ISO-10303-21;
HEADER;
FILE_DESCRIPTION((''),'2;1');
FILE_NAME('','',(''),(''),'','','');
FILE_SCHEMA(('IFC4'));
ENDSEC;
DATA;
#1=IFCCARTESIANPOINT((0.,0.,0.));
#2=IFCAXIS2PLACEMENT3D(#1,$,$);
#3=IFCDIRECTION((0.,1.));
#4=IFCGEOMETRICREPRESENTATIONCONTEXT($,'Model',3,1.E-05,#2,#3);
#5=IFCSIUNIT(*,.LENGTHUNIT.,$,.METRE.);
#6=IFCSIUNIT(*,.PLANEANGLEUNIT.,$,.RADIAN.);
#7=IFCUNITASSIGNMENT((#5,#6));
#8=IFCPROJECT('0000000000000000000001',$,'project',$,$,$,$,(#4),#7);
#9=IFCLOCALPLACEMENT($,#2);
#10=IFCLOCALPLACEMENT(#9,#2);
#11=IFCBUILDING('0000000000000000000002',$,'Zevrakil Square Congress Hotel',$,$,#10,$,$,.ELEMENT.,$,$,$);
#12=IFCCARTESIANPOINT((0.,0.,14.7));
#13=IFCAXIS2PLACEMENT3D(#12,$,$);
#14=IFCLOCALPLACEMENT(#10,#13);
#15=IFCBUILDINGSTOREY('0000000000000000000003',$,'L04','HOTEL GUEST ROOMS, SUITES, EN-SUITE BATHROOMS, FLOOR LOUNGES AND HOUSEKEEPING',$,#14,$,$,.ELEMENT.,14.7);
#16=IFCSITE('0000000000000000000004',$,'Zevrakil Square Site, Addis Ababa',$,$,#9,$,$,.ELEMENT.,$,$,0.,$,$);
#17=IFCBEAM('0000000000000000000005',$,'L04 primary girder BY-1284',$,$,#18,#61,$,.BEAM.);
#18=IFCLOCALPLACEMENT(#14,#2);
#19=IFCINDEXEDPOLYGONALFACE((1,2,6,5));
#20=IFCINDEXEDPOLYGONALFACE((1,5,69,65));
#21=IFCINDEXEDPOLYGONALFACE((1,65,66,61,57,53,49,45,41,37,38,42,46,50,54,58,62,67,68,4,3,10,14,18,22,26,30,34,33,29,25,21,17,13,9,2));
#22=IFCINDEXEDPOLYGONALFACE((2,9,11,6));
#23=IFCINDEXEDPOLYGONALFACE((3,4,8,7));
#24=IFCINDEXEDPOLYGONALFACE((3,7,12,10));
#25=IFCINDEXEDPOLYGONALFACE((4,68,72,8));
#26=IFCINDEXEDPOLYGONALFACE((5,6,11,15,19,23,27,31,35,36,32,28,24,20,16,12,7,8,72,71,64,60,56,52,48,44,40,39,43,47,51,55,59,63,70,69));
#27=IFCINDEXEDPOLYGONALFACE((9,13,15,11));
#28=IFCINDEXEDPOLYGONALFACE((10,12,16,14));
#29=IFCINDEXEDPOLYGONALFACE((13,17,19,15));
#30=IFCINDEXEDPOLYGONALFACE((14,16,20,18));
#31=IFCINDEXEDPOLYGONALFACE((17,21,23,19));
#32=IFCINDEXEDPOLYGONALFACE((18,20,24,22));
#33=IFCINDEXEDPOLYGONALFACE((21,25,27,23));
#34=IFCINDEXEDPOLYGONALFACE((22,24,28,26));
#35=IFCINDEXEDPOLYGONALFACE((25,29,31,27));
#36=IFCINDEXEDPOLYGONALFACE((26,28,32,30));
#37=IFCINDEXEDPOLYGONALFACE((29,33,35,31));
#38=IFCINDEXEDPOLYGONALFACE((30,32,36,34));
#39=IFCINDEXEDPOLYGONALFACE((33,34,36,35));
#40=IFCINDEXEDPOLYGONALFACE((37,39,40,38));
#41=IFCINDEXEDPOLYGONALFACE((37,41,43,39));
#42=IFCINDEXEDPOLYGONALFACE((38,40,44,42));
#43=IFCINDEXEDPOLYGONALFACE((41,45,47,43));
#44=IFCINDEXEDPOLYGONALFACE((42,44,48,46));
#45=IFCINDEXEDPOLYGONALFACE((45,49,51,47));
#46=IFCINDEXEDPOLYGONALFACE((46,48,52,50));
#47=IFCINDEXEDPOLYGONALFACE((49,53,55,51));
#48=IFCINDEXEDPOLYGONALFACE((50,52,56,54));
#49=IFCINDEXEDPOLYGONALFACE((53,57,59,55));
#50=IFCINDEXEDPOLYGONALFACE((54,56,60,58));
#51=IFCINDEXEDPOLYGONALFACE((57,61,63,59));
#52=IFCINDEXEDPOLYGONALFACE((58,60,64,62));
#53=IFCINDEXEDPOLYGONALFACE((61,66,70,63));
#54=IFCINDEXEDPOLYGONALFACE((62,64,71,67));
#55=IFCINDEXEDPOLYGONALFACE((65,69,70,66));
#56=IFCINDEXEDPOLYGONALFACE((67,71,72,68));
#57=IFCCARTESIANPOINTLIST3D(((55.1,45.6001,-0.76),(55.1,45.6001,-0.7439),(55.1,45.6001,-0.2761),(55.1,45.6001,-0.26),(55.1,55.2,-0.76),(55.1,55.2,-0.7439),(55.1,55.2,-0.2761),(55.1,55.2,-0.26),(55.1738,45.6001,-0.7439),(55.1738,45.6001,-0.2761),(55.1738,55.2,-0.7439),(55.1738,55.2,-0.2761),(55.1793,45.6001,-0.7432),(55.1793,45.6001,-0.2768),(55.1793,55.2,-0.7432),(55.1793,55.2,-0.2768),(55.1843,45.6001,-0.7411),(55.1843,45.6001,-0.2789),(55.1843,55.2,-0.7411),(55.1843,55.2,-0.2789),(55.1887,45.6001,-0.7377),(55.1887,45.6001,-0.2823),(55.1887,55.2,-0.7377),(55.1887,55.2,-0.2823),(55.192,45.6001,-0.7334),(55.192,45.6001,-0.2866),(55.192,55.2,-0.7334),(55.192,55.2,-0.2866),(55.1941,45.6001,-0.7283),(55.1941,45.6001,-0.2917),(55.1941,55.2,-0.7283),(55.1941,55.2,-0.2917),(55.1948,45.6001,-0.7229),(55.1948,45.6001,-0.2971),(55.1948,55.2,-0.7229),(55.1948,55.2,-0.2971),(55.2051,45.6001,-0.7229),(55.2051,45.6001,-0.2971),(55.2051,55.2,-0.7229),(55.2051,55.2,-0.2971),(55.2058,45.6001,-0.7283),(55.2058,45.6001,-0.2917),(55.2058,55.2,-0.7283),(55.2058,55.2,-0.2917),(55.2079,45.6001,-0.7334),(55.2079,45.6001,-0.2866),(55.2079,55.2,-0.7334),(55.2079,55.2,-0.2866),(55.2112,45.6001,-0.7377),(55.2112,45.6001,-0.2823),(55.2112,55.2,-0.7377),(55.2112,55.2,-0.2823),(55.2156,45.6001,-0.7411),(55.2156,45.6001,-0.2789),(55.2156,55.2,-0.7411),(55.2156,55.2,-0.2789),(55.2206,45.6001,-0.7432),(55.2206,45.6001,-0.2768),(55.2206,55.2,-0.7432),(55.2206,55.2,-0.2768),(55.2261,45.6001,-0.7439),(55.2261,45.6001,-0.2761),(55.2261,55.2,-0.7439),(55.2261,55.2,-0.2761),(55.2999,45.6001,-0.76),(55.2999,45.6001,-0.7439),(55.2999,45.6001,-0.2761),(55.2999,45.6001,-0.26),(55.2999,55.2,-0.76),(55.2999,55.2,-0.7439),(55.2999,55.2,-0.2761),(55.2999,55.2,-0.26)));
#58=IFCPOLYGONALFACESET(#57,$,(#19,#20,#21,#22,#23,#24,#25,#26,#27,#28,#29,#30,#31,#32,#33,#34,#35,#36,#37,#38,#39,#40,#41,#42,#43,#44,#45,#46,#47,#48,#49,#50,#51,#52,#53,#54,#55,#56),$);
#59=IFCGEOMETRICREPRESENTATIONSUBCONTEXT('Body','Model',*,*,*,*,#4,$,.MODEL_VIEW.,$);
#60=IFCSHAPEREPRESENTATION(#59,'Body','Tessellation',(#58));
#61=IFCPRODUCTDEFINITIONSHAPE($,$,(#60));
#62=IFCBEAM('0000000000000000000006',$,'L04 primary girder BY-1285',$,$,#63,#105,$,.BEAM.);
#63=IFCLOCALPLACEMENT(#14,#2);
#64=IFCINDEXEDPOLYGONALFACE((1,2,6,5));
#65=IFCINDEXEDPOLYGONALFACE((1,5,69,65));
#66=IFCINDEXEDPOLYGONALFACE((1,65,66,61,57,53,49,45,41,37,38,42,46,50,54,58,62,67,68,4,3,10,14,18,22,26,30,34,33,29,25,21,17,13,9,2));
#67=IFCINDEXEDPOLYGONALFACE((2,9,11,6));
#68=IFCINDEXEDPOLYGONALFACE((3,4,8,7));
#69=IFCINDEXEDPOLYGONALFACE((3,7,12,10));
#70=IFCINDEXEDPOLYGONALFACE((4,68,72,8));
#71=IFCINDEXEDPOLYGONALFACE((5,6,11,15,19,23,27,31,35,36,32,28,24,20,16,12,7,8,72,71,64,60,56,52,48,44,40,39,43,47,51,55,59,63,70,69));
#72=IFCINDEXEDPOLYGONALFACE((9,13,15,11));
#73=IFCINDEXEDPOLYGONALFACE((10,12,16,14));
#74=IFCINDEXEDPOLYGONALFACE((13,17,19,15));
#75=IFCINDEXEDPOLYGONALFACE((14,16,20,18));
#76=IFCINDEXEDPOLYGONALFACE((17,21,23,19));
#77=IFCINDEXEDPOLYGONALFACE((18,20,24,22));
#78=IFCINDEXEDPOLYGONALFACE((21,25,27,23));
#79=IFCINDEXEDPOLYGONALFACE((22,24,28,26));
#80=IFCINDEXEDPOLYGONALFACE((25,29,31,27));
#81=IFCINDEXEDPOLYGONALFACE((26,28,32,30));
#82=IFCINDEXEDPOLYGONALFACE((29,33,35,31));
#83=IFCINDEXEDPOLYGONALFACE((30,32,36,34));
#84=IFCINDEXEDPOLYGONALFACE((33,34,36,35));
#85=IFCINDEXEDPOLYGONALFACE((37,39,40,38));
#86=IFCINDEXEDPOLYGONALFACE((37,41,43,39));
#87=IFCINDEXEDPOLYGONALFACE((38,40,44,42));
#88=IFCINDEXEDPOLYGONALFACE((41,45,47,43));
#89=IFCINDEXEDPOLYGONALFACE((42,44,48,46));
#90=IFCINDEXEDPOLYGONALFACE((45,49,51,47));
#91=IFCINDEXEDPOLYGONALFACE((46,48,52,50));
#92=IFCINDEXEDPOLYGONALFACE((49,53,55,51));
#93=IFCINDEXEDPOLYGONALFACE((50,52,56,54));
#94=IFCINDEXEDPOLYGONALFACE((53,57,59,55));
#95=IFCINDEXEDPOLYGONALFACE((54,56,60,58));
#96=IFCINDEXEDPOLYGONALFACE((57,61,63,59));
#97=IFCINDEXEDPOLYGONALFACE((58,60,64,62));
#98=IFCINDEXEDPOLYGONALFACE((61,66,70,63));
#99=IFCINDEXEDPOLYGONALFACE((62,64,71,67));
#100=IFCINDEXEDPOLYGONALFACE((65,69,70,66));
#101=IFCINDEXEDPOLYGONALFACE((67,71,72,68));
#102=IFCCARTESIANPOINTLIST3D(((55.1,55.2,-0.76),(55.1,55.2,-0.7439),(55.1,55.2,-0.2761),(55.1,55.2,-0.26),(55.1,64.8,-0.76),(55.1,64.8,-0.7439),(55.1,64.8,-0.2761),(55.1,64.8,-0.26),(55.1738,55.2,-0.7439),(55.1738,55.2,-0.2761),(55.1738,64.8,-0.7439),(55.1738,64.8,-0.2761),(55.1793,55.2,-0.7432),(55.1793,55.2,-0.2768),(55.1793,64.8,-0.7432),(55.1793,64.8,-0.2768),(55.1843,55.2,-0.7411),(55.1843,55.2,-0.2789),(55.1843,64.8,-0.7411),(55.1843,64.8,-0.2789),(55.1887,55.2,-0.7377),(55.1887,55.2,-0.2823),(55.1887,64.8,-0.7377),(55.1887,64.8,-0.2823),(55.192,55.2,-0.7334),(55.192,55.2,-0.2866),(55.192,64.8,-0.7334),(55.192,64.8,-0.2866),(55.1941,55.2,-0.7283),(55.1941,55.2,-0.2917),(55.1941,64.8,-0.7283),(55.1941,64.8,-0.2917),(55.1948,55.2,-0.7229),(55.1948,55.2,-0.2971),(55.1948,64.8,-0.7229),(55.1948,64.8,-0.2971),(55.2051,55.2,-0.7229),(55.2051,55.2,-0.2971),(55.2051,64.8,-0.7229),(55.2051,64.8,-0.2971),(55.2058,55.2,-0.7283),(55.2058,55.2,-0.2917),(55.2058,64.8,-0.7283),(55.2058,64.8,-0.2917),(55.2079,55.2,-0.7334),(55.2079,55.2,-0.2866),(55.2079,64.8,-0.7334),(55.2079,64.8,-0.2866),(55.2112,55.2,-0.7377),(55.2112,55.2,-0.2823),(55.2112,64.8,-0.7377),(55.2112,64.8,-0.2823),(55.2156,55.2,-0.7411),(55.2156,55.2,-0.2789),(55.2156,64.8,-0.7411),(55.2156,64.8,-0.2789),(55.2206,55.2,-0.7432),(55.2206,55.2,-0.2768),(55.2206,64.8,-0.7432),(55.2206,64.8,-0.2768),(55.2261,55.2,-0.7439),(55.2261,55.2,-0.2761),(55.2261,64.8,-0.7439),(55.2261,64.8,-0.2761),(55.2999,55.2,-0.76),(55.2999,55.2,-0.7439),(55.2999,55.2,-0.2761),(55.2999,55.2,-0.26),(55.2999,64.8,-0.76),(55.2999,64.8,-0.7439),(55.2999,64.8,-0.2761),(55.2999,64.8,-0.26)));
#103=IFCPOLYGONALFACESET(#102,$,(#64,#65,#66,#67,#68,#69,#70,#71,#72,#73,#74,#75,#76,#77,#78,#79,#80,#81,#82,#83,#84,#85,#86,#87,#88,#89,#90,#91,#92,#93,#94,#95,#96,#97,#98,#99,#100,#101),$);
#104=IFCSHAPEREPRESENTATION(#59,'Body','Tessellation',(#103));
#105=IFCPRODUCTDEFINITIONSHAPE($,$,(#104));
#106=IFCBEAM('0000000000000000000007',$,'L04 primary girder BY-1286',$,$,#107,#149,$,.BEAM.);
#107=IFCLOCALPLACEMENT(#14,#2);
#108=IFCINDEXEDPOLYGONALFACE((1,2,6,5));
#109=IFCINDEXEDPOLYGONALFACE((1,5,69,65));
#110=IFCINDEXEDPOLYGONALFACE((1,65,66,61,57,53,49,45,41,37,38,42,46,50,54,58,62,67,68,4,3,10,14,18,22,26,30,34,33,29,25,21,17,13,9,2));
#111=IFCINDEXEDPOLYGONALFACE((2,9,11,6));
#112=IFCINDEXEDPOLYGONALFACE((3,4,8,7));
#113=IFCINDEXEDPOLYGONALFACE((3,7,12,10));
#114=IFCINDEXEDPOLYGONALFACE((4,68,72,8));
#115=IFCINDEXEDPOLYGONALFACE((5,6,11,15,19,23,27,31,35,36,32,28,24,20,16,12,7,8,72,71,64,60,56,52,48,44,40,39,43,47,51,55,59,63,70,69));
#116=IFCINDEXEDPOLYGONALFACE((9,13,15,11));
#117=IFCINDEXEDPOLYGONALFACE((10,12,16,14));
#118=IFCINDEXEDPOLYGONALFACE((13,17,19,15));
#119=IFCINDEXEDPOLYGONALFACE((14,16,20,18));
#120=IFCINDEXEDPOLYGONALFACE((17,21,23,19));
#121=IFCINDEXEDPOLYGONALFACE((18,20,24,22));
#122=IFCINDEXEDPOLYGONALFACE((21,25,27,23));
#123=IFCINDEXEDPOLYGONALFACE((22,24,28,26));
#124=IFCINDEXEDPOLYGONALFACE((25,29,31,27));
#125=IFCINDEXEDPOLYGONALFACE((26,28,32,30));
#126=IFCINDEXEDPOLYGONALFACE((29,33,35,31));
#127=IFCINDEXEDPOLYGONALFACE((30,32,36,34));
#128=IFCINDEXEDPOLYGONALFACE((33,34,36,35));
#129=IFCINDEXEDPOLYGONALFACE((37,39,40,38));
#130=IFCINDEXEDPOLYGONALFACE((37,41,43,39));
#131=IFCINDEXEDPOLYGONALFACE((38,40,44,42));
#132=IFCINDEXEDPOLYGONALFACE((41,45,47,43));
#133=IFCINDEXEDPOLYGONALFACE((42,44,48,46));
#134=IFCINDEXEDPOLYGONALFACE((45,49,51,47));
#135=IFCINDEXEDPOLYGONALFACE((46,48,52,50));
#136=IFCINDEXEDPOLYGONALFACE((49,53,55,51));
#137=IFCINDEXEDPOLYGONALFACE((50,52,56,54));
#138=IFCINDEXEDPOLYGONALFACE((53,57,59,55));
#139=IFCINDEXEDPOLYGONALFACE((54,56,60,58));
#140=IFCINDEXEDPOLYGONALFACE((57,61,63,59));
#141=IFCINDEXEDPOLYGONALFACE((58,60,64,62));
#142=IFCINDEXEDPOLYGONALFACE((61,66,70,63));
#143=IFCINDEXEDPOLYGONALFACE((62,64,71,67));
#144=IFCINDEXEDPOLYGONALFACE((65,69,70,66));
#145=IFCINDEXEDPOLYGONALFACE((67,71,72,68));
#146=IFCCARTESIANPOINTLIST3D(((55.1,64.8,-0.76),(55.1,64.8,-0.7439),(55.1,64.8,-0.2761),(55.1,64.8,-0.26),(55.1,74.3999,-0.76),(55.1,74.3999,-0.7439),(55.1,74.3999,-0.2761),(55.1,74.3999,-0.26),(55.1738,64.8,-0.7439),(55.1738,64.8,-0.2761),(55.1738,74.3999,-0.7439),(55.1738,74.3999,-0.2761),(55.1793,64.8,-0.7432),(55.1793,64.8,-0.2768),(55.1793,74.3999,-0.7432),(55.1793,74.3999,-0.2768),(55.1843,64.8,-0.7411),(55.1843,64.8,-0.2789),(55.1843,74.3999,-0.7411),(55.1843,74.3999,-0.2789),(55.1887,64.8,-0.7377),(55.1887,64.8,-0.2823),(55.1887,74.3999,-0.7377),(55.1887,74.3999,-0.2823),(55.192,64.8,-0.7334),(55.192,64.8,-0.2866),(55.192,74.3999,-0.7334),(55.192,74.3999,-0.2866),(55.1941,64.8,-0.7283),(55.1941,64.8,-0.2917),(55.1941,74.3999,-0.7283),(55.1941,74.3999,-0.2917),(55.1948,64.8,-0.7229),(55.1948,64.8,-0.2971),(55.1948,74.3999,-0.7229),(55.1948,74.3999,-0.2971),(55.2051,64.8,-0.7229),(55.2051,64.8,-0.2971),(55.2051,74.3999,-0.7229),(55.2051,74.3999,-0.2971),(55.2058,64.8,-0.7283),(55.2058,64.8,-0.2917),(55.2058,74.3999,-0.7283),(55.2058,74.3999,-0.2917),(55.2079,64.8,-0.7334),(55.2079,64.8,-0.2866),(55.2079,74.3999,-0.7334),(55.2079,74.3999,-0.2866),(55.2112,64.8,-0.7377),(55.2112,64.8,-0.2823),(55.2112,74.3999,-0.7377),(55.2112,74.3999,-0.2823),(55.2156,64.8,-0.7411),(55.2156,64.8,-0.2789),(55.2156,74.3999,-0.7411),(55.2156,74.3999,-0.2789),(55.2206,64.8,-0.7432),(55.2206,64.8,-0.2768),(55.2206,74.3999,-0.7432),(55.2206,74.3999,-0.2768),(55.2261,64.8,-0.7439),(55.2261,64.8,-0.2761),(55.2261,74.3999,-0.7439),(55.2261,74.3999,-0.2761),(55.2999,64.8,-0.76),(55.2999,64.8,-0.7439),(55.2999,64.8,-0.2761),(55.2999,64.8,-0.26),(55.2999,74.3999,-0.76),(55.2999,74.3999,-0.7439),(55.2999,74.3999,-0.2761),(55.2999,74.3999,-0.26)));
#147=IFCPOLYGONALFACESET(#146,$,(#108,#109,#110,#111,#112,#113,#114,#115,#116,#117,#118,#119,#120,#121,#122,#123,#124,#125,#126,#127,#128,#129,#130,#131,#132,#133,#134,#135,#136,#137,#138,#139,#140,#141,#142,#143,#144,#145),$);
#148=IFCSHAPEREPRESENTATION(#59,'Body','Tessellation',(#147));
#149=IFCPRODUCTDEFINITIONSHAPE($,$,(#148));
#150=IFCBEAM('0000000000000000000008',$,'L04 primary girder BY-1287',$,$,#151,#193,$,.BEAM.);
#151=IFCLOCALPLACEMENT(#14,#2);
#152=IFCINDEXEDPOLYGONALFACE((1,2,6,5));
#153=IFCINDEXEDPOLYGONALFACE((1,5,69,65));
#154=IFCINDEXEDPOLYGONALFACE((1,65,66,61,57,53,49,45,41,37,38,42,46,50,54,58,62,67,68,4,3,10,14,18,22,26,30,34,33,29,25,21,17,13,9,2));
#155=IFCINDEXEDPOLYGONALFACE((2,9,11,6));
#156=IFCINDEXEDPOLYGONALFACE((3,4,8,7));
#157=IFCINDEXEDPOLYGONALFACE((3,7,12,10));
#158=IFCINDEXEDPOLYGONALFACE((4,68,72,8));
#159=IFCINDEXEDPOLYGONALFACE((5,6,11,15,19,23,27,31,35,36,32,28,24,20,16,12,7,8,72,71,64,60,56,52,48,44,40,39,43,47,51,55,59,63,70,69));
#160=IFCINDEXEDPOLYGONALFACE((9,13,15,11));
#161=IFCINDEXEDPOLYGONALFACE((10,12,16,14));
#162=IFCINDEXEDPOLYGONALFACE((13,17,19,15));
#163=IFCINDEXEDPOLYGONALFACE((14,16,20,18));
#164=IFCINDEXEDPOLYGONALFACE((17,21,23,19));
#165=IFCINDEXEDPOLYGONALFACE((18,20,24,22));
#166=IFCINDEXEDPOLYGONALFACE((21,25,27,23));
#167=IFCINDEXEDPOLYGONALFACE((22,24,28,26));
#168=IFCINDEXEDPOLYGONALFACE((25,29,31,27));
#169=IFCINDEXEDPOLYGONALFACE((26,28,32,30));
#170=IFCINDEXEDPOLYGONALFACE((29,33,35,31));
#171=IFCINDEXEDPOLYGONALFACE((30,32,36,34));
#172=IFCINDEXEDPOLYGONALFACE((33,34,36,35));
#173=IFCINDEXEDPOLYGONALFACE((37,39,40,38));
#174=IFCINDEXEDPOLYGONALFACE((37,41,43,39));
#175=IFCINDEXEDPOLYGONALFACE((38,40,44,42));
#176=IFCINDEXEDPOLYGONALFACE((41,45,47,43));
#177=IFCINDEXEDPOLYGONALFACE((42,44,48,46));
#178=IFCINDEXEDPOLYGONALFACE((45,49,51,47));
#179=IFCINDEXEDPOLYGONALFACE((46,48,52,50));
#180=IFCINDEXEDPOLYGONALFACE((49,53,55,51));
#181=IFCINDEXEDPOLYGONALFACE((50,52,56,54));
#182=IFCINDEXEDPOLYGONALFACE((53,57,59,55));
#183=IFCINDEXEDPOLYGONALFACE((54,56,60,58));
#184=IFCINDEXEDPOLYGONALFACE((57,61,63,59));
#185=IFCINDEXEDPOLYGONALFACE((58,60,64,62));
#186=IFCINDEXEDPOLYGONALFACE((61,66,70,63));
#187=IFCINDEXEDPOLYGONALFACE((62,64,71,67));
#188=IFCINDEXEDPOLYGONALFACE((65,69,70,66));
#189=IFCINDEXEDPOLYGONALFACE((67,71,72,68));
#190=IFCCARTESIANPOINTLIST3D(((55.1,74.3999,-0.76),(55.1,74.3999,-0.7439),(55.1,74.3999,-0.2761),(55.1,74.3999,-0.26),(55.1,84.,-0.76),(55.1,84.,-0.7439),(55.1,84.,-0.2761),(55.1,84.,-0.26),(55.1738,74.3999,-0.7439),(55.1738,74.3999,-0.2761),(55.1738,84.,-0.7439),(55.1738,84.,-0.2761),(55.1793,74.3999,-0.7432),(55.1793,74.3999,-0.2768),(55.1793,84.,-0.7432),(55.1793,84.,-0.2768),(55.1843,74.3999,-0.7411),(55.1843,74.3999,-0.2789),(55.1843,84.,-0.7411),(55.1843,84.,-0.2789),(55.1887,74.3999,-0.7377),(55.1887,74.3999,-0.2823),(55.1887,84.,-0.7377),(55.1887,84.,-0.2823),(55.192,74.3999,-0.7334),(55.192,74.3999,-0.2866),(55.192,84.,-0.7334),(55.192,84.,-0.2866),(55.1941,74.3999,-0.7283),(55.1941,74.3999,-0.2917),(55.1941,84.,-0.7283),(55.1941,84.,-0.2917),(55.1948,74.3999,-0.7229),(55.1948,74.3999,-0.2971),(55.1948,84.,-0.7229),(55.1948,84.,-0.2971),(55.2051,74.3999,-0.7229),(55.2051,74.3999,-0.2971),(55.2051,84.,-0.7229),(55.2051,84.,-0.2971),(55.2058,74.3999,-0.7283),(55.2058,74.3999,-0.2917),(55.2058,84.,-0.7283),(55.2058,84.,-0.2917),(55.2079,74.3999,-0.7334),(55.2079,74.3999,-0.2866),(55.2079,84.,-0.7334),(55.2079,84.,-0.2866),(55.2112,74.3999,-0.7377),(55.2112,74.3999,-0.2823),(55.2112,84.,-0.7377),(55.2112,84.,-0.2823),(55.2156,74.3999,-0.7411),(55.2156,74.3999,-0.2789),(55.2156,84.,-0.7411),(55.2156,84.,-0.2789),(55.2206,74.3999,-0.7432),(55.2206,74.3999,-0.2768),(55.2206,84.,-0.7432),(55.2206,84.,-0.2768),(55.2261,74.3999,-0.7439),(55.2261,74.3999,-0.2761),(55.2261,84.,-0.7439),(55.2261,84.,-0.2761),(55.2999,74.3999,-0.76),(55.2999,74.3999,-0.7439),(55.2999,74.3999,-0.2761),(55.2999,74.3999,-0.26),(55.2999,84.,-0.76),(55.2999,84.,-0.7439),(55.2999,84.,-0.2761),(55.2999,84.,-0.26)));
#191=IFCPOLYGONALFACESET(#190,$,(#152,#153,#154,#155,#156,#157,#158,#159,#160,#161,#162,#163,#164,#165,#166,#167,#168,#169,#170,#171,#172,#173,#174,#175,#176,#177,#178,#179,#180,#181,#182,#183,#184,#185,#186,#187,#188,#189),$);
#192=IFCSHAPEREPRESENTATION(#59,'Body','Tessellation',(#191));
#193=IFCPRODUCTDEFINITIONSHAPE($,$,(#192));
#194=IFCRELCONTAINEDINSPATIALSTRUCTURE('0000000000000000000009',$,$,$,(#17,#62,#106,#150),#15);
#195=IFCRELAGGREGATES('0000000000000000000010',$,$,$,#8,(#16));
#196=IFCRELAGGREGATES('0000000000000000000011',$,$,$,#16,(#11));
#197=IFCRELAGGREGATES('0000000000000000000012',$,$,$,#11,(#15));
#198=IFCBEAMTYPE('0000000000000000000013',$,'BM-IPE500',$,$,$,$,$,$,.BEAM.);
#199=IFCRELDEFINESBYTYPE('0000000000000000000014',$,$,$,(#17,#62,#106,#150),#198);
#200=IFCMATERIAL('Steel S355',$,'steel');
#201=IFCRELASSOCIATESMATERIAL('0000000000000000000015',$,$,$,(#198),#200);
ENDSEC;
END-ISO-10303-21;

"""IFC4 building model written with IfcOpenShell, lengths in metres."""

from ifc_helpers import new_model, si_unit, direction, frame, origin, origin_2d, place, context, subcontext, project, spatial, i_section, extrude, material, material_profile, profile_set, type_object, element, save


model = new_model("IFC4")

# Units and contexts
model_context = context("Model", 3, precision=1e-05, world=origin(), true_north=direction((0.0, 1.0)))
body_context = subcontext(model_context, "Body", "Model", "MODEL_VIEW")
ifc_project = project(units=[si_unit("LENGTHUNIT", "METRE"), si_unit("PLANEANGLEUNIT", "RADIAN")], contexts=[model_context])

# Site, building, storey
site_placement = place(None, origin())
site = spatial("IfcSite", under=ifc_project, at=site_placement, Name="Zevrakil Square Site, Addis Ababa", CompositionType="ELEMENT", RefElevation=0.0)
building_placement = place(site_placement, origin())
building = spatial("IfcBuilding", under=site, at=building_placement, Name="Zevrakil Square Congress Hotel", CompositionType="ELEMENT")
storey_placement = place(building_placement, frame((0.0, 0.0, 14.7)))
storey = spatial("IfcBuildingStorey", under=building, at=storey_placement, Name="L04", Description="HOTEL GUEST ROOMS, SUITES, EN-SUITE BATHROOMS, FLOOR LOUNGES AND HOUSEKEEPING", CompositionType="ELEMENT", Elevation=14.7)

# Beams
ifc_material_1 = material(Name="Steel S355", Category="steel")
ifc_material_profile_1 = material_profile(ifc_material_1, i_section(OverallWidth=0.2, OverallDepth=0.5, WebThickness=0.0103, FlangeThickness=0.0161, FilletRadius=0.021, at=origin_2d()), Name="IPE 500")
ifc_profile_set_1 = profile_set([ifc_material_profile_1], Name="Steel S355")
beam_type_1 = type_object("IfcBeamType", Name="BM-IPE500", PredefinedType="BEAM", material=ifc_profile_set_1)
beam_1_placement = place(storey_placement, frame((55.2, 45.6001, -0.51), z_axis=(0.0, 1.0, 0.0), x_axis=(-1.0, 0.0, 0.0)))
element("IfcBeam", 1, at=beam_1_placement, inside=storey, type_object=beam_type_1, Name="L04 primary girder BY-1284", PredefinedType="BEAM", context=body_context, shape_type="SweptSolid", body=[
    extrude(i_section(OverallWidth=0.2, OverallDepth=0.5, WebThickness=0.0103, FlangeThickness=0.0161, FilletRadius=0.021, at=origin_2d()), origin(), (0.0, 0.0, 1.0), 9.5999),
])
beam_2_placement = place(storey_placement, frame((55.2, 55.2, -0.51), z_axis=(0.0, 1.0, 0.0), x_axis=(-1.0, 0.0, 0.0)))
element("IfcBeam", 2, at=beam_2_placement, inside=storey, type_object=beam_type_1, Name="L04 primary girder BY-1285", PredefinedType="BEAM", context=body_context, shape_type="SweptSolid", body=[
    extrude(i_section(OverallWidth=0.2, OverallDepth=0.5, WebThickness=0.0103, FlangeThickness=0.0161, FilletRadius=0.021, at=origin_2d()), origin(), (0.0, 0.0, 1.0), 9.6001),
])
beam_3_placement = place(storey_placement, frame((55.2, 64.8, -0.51), z_axis=(0.0, 1.0, 0.0), x_axis=(-1.0, 0.0, 0.0)))
element("IfcBeam", 3, at=beam_3_placement, inside=storey, type_object=beam_type_1, Name="L04 primary girder BY-1286", PredefinedType="BEAM", context=body_context, shape_type="SweptSolid", body=[
    extrude(i_section(OverallWidth=0.2, OverallDepth=0.5, WebThickness=0.0103, FlangeThickness=0.0161, FilletRadius=0.021, at=origin_2d()), origin(), (0.0, 0.0, 1.0), 9.5999),
])
beam_4_placement = place(storey_placement, frame((55.2, 74.3999, -0.51), z_axis=(0.0, 1.0, 0.0), x_axis=(-1.0, 0.0, 0.0)))
element("IfcBeam", 4, at=beam_4_placement, inside=storey, type_object=beam_type_1, Name="L04 primary girder BY-1287", PredefinedType="BEAM", context=body_context, shape_type="SweptSolid", body=[
    extrude(i_section(OverallWidth=0.2, OverallDepth=0.5, WebThickness=0.0103, FlangeThickness=0.0161, FilletRadius=0.021, at=origin_2d()), origin(), (0.0, 0.0, 1.0), 9.6001),
])

save(model, "model.ifc")
